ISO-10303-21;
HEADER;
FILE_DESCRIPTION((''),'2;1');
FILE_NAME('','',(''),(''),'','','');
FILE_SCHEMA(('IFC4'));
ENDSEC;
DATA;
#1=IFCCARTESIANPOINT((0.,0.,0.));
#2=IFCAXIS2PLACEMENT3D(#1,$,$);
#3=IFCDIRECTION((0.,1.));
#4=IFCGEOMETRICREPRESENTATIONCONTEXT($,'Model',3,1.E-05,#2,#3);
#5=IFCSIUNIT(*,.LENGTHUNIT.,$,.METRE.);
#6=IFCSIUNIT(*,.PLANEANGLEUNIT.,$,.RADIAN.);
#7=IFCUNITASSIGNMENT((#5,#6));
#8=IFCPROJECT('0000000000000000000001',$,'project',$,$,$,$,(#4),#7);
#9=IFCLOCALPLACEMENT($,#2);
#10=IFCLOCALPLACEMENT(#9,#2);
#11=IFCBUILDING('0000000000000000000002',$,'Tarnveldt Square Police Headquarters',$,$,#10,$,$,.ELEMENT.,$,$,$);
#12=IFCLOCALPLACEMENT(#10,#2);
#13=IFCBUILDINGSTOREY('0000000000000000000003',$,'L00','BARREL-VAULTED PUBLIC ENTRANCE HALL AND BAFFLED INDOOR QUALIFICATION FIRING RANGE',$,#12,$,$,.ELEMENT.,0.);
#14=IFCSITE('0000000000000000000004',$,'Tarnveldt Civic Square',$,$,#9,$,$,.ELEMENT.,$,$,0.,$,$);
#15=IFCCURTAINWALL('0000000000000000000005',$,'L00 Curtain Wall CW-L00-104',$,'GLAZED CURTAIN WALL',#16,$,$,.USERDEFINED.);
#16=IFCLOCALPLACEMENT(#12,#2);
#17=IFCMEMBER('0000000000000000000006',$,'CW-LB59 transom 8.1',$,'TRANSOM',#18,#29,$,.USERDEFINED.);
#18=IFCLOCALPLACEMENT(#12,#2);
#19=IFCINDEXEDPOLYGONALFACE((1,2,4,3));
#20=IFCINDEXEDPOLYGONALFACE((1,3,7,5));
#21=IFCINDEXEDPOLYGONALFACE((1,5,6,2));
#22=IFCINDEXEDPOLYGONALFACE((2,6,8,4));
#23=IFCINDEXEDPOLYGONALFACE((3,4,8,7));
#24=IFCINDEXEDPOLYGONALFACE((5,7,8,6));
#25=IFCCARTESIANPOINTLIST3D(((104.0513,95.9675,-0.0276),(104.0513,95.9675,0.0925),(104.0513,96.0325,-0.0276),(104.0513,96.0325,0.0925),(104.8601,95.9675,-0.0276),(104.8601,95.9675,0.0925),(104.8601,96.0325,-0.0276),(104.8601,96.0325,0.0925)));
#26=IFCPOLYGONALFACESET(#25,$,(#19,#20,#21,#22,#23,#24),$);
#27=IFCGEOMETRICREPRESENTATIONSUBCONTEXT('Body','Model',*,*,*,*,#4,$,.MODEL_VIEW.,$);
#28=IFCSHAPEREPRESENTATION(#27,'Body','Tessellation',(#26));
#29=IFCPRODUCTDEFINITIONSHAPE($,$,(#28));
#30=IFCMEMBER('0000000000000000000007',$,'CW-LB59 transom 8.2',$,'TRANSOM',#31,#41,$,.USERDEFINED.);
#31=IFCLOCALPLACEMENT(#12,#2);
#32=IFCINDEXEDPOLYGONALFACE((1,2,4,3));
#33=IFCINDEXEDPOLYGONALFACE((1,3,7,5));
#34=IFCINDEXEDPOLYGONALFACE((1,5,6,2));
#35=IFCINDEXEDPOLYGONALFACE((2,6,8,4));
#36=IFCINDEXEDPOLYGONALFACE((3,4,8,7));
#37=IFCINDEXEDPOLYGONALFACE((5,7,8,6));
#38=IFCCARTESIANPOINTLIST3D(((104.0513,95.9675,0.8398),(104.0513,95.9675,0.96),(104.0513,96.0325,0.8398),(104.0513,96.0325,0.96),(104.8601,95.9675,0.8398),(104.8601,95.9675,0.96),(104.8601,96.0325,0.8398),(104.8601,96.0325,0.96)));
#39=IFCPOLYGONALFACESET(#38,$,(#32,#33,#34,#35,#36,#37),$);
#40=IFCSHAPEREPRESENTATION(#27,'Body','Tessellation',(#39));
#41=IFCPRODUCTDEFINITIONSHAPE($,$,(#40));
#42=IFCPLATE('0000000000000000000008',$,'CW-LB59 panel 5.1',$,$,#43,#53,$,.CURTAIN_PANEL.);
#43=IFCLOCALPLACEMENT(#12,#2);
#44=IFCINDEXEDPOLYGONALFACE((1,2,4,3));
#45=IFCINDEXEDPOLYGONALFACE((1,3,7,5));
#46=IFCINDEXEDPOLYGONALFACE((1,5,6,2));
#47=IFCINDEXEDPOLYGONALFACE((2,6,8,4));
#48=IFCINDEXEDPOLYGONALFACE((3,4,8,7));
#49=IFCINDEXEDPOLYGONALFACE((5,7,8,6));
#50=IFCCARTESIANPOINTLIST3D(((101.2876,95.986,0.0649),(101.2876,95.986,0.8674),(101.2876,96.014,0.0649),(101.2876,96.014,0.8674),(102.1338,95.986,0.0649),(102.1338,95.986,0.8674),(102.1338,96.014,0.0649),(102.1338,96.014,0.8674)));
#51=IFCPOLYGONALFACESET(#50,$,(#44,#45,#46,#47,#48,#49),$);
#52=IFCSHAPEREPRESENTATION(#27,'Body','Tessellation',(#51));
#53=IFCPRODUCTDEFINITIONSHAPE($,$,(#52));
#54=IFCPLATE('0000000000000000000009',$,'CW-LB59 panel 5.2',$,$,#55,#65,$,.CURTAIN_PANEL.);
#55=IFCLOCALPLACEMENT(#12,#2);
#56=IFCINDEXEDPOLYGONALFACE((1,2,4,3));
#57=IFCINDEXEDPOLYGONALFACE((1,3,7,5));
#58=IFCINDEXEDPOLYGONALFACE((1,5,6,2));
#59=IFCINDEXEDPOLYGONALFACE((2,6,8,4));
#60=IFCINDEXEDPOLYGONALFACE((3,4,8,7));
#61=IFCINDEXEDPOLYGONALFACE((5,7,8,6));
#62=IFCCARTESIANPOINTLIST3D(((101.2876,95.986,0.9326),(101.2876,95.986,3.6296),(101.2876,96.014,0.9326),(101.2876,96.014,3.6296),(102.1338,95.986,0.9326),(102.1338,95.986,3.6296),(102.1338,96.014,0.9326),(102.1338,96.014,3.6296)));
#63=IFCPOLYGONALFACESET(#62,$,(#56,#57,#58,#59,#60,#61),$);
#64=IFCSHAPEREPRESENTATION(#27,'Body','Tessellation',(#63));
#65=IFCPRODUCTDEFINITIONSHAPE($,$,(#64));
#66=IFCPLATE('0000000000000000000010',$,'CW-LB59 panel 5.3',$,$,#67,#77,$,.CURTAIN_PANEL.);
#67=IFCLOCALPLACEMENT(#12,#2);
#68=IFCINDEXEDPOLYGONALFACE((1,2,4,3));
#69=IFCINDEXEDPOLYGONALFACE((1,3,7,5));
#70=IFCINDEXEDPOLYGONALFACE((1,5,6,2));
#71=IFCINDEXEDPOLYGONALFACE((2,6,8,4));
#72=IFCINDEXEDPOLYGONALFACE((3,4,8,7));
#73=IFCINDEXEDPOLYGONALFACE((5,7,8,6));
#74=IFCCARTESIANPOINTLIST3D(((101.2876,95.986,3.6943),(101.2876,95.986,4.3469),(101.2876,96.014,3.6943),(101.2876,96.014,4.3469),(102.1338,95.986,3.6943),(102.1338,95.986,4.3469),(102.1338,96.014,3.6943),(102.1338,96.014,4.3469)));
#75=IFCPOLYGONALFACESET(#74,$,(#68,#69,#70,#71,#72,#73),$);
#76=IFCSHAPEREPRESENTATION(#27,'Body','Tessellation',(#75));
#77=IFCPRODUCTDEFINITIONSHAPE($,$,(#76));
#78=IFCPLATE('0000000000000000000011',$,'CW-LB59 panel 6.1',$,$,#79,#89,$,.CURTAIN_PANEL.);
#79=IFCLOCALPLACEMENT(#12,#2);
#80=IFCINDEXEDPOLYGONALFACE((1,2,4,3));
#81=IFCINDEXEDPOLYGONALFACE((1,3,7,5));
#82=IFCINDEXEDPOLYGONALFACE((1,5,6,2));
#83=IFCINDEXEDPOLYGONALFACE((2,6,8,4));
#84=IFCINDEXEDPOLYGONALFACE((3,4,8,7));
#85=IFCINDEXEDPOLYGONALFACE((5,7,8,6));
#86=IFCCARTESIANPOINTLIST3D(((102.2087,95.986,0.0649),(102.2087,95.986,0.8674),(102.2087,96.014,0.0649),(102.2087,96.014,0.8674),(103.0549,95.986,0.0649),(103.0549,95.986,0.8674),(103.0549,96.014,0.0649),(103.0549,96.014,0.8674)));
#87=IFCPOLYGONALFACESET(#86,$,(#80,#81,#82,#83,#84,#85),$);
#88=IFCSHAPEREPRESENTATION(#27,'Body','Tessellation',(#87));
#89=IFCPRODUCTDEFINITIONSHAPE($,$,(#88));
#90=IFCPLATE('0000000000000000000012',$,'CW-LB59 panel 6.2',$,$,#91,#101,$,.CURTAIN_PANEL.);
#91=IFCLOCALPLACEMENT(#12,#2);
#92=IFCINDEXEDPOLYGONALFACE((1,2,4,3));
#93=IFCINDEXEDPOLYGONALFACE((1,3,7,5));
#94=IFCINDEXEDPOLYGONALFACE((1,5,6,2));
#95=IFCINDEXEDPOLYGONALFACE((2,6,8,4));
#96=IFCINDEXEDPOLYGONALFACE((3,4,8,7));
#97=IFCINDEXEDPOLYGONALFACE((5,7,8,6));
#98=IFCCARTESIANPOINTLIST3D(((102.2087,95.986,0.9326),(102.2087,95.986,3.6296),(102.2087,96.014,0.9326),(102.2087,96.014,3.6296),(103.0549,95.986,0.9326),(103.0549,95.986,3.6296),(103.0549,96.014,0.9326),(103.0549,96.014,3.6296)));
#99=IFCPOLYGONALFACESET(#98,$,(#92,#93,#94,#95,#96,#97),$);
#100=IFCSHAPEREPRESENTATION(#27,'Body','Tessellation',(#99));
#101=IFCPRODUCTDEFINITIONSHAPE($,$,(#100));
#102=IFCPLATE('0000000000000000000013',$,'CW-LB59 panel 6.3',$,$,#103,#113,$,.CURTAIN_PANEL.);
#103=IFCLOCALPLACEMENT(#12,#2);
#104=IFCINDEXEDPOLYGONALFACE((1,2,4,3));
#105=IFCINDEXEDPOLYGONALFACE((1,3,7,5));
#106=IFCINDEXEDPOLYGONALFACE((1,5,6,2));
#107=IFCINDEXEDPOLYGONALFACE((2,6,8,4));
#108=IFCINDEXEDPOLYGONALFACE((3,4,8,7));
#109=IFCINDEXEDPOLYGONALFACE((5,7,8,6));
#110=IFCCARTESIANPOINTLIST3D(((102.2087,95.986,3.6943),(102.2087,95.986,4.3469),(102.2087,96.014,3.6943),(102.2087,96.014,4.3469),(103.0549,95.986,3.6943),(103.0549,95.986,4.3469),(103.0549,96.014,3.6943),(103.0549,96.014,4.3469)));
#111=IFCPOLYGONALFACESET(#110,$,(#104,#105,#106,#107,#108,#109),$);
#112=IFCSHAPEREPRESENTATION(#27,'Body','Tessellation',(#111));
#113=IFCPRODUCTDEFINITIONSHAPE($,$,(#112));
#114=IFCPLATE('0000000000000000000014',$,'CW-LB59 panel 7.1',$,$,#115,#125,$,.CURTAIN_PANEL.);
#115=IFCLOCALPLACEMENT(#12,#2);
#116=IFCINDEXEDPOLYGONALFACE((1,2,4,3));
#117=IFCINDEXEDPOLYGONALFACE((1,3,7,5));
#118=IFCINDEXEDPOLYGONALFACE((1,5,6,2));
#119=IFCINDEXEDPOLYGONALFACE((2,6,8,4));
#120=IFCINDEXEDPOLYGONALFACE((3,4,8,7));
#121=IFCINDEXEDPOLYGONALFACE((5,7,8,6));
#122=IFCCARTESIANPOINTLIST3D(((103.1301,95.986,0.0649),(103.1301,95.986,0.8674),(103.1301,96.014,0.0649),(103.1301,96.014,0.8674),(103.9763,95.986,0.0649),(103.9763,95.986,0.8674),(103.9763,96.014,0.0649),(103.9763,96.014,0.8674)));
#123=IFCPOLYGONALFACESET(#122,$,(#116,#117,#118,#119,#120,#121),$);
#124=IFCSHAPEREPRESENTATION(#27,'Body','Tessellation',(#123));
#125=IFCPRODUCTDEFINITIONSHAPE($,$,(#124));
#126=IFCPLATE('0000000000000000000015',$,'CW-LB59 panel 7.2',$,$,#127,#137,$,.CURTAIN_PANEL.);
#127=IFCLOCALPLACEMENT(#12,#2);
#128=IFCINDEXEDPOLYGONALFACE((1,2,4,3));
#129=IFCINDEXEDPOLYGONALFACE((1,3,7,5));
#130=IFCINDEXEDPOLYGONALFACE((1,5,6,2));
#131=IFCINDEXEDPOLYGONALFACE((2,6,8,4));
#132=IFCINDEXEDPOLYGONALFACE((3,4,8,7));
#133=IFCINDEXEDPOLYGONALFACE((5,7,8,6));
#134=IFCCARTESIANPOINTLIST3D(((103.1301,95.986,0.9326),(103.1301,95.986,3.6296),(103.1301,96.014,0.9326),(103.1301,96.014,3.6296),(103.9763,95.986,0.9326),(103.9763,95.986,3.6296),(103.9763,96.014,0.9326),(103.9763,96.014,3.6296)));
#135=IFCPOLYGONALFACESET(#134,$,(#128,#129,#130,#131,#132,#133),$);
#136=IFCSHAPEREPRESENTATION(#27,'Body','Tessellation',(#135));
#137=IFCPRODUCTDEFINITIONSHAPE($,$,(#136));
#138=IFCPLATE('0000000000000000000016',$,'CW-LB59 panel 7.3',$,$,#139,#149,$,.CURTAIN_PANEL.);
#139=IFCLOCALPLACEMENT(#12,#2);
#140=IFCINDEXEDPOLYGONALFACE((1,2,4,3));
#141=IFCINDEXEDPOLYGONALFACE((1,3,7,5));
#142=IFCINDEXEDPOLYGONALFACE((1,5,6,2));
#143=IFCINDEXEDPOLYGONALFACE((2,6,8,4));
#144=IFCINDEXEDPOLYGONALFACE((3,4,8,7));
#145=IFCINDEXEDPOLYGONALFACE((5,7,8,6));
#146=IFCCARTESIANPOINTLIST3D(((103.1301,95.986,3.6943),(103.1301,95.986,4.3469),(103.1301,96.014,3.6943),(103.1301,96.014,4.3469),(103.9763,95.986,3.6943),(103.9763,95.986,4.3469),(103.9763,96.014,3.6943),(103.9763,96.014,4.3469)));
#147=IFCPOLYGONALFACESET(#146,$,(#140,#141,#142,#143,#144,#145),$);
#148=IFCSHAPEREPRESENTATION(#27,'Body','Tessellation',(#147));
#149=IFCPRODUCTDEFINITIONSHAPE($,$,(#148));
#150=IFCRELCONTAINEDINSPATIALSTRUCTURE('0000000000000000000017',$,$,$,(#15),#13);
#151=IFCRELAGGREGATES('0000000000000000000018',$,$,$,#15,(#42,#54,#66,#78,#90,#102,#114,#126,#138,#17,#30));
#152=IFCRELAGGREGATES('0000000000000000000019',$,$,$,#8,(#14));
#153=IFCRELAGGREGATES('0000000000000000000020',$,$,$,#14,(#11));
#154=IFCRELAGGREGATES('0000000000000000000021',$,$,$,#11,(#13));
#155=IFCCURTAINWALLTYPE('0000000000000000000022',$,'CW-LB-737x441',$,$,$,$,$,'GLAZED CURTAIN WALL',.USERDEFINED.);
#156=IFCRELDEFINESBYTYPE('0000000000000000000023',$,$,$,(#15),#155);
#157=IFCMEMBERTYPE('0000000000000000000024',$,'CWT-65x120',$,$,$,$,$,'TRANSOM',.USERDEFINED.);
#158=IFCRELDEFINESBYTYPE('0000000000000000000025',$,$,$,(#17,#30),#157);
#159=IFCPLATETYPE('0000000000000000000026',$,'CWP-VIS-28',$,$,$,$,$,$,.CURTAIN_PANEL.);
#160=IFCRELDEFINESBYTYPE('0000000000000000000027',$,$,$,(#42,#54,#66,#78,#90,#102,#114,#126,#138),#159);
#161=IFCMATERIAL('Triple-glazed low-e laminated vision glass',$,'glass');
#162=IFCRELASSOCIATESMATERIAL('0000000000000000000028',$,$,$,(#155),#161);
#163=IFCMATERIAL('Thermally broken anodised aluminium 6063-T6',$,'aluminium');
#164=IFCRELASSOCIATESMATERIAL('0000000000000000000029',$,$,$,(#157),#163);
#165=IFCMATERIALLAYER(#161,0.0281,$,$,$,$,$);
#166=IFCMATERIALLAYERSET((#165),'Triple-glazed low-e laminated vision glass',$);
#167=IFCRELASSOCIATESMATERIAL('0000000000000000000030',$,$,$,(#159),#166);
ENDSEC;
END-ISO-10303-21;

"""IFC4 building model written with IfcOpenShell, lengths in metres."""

from ifc_helpers import new_model, si_unit, direction, frame, origin, origin_2d, place, context, subcontext, project, spatial, rectangle, extrude, material, layer, layer_set, material_profile, profile_set, type_object, element, aggregate, save


model = new_model("IFC4")

# Units and contexts
model_context = context("Model", 3, precision=1e-05, world=origin(), true_north=direction((0.0, 1.0)))
body_context = subcontext(model_context, "Body", "Model", "MODEL_VIEW")
ifc_project = project(units=[si_unit("LENGTHUNIT", "METRE"), si_unit("PLANEANGLEUNIT", "RADIAN")], contexts=[model_context])

# Site, building, storey
site_placement = place(None, origin())
site = spatial("IfcSite", under=ifc_project, at=site_placement, Name="Tarnveldt Civic Square", CompositionType="ELEMENT", RefElevation=0.0)
building_placement = place(site_placement, origin())
building = spatial("IfcBuilding", under=site, at=building_placement, Name="Tarnveldt Square Police Headquarters", CompositionType="ELEMENT")
storey_placement = place(building_placement, origin())
storey = spatial("IfcBuildingStorey", under=building, at=storey_placement, Name="L00", Description="BARREL-VAULTED PUBLIC ENTRANCE HALL AND BAFFLED INDOOR QUALIFICATION FIRING RANGE", CompositionType="ELEMENT", Elevation=0.0)

# Curtain wall, members, plates
ifc_material_1 = material(Name="Triple-glazed low-e laminated vision glass", Category="glass")
curtain_wall_type = type_object("IfcCurtainWallType", Name="CW-LB-737x441", ElementType="GLAZED CURTAIN WALL", PredefinedType="USERDEFINED", material=ifc_material_1)
curtain_wall_placement = place(storey_placement, origin())
curtain_wall = element("IfcCurtainWall", 1, at=curtain_wall_placement, inside=storey, type_object=curtain_wall_type, Name="L00 Curtain Wall CW-L00-104", ObjectType="GLAZED CURTAIN WALL", PredefinedType="USERDEFINED")
ifc_material_2 = material(Name="Thermally broken anodised aluminium 6063-T6", Category="aluminium")
ifc_material_profile_1 = material_profile(ifc_material_2, rectangle(XDim=0.0649, YDim=0.1201, at=origin_2d()), Name="CW-T65x120")
ifc_profile_set_1 = profile_set([ifc_material_profile_1], Name="Thermally broken anodised aluminium 6063-T6")
member_type_1 = type_object("IfcMemberType", Name="CWT-65x120", ElementType="TRANSOM", PredefinedType="USERDEFINED", material=ifc_profile_set_1)
member_1_placement = place(storey_placement, frame((104.0513, 96.0, 0.0325), z_axis=(1.0, 0.0, 0.0), x_axis=(0.0, 1.0, 0.0)))
member_1 = element("IfcMember", 2, at=member_1_placement, type_object=member_type_1, Name="CW-LB59 transom 8.1", ObjectType="TRANSOM", PredefinedType="USERDEFINED", context=body_context, shape_type="SweptSolid", body=[
    extrude(rectangle(XDim=0.0649, YDim=0.1201, at=origin_2d()), origin(), (0.0, 0.0, 1.0), 0.8088),
])
member_2_placement = place(storey_placement, frame((104.0513, 96.0, 0.8999), z_axis=(1.0, 0.0, 0.0), x_axis=(0.0, 1.0, 0.0)))
member_2 = element("IfcMember", 3, at=member_2_placement, type_object=member_type_1, Name="CW-LB59 transom 8.2", ObjectType="TRANSOM", PredefinedType="USERDEFINED", context=body_context, shape_type="SweptSolid", body=[
    extrude(rectangle(XDim=0.0649, YDim=0.1201, at=origin_2d()), origin(), (0.0, 0.0, 1.0), 0.8088),
])
ifc_layer = layer(ifc_material_1, 0.0281)
ifc_layer_set = layer_set([ifc_layer], Name="Triple-glazed low-e laminated vision glass")
plate_type = type_object("IfcPlateType", Name="CWP-VIS-28", PredefinedType="CURTAIN_PANEL", material=ifc_layer_set)
plate_1_placement = place(storey_placement, frame((101.7107, 96.0, 0.0649), z_axis=(0.0, 0.0, 1.0), x_axis=(1.0, 0.0, 0.0)))
plate_1 = element("IfcPlate", 4, at=plate_1_placement, type_object=plate_type, Name="CW-LB59 panel 5.1", PredefinedType="CURTAIN_PANEL", context=body_context, shape_type="SweptSolid", body=[
    extrude(rectangle(XDim=0.8462, YDim=0.0281, at=origin_2d()), origin(), (0.0, 0.0, 1.0), 0.8025),
])
plate_2_placement = place(storey_placement, frame((101.7107, 96.0, 0.9326), z_axis=(0.0, 0.0, 1.0), x_axis=(1.0, 0.0, 0.0)))
plate_2 = element("IfcPlate", 5, at=plate_2_placement, type_object=plate_type, Name="CW-LB59 panel 5.2", PredefinedType="CURTAIN_PANEL", context=body_context, shape_type="SweptSolid", body=[
    extrude(rectangle(XDim=0.8462, YDim=0.0281, at=origin_2d()), origin(), (0.0, 0.0, 1.0), 2.697),
])
plate_3_placement = place(storey_placement, frame((101.7107, 96.0, 3.6943), z_axis=(0.0, 0.0, 1.0), x_axis=(1.0, 0.0, 0.0)))
plate_3 = element("IfcPlate", 6, at=plate_3_placement, type_object=plate_type, Name="CW-LB59 panel 5.3", PredefinedType="CURTAIN_PANEL", context=body_context, shape_type="SweptSolid", body=[
    extrude(rectangle(XDim=0.8462, YDim=0.0281, at=origin_2d()), origin(), (0.0, 0.0, 1.0), 0.6526),
])
plate_4_placement = place(storey_placement, frame((102.6318, 96.0, 0.0649), z_axis=(0.0, 0.0, 1.0), x_axis=(1.0, 0.0, 0.0)))
plate_4 = element("IfcPlate", 7, at=plate_4_placement, type_object=plate_type, Name="CW-LB59 panel 6.1", PredefinedType="CURTAIN_PANEL", context=body_context, shape_type="SweptSolid", body=[
    extrude(rectangle(XDim=0.8462, YDim=0.0281, at=origin_2d()), origin(), (0.0, 0.0, 1.0), 0.8025),
])
plate_5_placement = place(storey_placement, frame((102.6318, 96.0, 0.9326), z_axis=(0.0, 0.0, 1.0), x_axis=(1.0, 0.0, 0.0)))
plate_5 = element("IfcPlate", 8, at=plate_5_placement, type_object=plate_type, Name="CW-LB59 panel 6.2", PredefinedType="CURTAIN_PANEL", context=body_context, shape_type="SweptSolid", body=[
    extrude(rectangle(XDim=0.8462, YDim=0.0281, at=origin_2d()), origin(), (0.0, 0.0, 1.0), 2.697),
])
plate_6_placement = place(storey_placement, frame((102.6318, 96.0, 3.6943), z_axis=(0.0, 0.0, 1.0), x_axis=(1.0, 0.0, 0.0)))
plate_6 = element("IfcPlate", 9, at=plate_6_placement, type_object=plate_type, Name="CW-LB59 panel 6.3", PredefinedType="CURTAIN_PANEL", context=body_context, shape_type="SweptSolid", body=[
    extrude(rectangle(XDim=0.8462, YDim=0.0281, at=origin_2d()), origin(), (0.0, 0.0, 1.0), 0.6526),
])
plate_7_placement = place(storey_placement, frame((103.5532, 96.0, 0.0649), z_axis=(0.0, 0.0, 1.0), x_axis=(1.0, 0.0, 0.0)))
plate_7 = element("IfcPlate", 10, at=plate_7_placement, type_object=plate_type, Name="CW-LB59 panel 7.1", PredefinedType="CURTAIN_PANEL", context=body_context, shape_type="SweptSolid", body=[
    extrude(rectangle(XDim=0.8462, YDim=0.0281, at=origin_2d()), origin(), (0.0, 0.0, 1.0), 0.8025),
])
plate_8_placement = place(storey_placement, frame((103.5532, 96.0, 0.9326), z_axis=(0.0, 0.0, 1.0), x_axis=(1.0, 0.0, 0.0)))
plate_8 = element("IfcPlate", 11, at=plate_8_placement, type_object=plate_type, Name="CW-LB59 panel 7.2", PredefinedType="CURTAIN_PANEL", context=body_context, shape_type="SweptSolid", body=[
    extrude(rectangle(XDim=0.8462, YDim=0.0281, at=origin_2d()), origin(), (0.0, 0.0, 1.0), 2.697),
])
plate_9_placement = place(storey_placement, frame((103.5532, 96.0, 3.6943), z_axis=(0.0, 0.0, 1.0), x_axis=(1.0, 0.0, 0.0)))
plate_9 = element("IfcPlate", 12, at=plate_9_placement, type_object=plate_type, Name="CW-LB59 panel 7.3", PredefinedType="CURTAIN_PANEL", context=body_context, shape_type="SweptSolid", body=[
    extrude(rectangle(XDim=0.8462, YDim=0.0281, at=origin_2d()), origin(), (0.0, 0.0, 1.0), 0.6526),
])
aggregate(curtain_wall, [plate_1, plate_2, plate_3, plate_4, plate_5, plate_6, plate_7, plate_8, plate_9, member_1, member_2])

save(model, "model.ifc")
